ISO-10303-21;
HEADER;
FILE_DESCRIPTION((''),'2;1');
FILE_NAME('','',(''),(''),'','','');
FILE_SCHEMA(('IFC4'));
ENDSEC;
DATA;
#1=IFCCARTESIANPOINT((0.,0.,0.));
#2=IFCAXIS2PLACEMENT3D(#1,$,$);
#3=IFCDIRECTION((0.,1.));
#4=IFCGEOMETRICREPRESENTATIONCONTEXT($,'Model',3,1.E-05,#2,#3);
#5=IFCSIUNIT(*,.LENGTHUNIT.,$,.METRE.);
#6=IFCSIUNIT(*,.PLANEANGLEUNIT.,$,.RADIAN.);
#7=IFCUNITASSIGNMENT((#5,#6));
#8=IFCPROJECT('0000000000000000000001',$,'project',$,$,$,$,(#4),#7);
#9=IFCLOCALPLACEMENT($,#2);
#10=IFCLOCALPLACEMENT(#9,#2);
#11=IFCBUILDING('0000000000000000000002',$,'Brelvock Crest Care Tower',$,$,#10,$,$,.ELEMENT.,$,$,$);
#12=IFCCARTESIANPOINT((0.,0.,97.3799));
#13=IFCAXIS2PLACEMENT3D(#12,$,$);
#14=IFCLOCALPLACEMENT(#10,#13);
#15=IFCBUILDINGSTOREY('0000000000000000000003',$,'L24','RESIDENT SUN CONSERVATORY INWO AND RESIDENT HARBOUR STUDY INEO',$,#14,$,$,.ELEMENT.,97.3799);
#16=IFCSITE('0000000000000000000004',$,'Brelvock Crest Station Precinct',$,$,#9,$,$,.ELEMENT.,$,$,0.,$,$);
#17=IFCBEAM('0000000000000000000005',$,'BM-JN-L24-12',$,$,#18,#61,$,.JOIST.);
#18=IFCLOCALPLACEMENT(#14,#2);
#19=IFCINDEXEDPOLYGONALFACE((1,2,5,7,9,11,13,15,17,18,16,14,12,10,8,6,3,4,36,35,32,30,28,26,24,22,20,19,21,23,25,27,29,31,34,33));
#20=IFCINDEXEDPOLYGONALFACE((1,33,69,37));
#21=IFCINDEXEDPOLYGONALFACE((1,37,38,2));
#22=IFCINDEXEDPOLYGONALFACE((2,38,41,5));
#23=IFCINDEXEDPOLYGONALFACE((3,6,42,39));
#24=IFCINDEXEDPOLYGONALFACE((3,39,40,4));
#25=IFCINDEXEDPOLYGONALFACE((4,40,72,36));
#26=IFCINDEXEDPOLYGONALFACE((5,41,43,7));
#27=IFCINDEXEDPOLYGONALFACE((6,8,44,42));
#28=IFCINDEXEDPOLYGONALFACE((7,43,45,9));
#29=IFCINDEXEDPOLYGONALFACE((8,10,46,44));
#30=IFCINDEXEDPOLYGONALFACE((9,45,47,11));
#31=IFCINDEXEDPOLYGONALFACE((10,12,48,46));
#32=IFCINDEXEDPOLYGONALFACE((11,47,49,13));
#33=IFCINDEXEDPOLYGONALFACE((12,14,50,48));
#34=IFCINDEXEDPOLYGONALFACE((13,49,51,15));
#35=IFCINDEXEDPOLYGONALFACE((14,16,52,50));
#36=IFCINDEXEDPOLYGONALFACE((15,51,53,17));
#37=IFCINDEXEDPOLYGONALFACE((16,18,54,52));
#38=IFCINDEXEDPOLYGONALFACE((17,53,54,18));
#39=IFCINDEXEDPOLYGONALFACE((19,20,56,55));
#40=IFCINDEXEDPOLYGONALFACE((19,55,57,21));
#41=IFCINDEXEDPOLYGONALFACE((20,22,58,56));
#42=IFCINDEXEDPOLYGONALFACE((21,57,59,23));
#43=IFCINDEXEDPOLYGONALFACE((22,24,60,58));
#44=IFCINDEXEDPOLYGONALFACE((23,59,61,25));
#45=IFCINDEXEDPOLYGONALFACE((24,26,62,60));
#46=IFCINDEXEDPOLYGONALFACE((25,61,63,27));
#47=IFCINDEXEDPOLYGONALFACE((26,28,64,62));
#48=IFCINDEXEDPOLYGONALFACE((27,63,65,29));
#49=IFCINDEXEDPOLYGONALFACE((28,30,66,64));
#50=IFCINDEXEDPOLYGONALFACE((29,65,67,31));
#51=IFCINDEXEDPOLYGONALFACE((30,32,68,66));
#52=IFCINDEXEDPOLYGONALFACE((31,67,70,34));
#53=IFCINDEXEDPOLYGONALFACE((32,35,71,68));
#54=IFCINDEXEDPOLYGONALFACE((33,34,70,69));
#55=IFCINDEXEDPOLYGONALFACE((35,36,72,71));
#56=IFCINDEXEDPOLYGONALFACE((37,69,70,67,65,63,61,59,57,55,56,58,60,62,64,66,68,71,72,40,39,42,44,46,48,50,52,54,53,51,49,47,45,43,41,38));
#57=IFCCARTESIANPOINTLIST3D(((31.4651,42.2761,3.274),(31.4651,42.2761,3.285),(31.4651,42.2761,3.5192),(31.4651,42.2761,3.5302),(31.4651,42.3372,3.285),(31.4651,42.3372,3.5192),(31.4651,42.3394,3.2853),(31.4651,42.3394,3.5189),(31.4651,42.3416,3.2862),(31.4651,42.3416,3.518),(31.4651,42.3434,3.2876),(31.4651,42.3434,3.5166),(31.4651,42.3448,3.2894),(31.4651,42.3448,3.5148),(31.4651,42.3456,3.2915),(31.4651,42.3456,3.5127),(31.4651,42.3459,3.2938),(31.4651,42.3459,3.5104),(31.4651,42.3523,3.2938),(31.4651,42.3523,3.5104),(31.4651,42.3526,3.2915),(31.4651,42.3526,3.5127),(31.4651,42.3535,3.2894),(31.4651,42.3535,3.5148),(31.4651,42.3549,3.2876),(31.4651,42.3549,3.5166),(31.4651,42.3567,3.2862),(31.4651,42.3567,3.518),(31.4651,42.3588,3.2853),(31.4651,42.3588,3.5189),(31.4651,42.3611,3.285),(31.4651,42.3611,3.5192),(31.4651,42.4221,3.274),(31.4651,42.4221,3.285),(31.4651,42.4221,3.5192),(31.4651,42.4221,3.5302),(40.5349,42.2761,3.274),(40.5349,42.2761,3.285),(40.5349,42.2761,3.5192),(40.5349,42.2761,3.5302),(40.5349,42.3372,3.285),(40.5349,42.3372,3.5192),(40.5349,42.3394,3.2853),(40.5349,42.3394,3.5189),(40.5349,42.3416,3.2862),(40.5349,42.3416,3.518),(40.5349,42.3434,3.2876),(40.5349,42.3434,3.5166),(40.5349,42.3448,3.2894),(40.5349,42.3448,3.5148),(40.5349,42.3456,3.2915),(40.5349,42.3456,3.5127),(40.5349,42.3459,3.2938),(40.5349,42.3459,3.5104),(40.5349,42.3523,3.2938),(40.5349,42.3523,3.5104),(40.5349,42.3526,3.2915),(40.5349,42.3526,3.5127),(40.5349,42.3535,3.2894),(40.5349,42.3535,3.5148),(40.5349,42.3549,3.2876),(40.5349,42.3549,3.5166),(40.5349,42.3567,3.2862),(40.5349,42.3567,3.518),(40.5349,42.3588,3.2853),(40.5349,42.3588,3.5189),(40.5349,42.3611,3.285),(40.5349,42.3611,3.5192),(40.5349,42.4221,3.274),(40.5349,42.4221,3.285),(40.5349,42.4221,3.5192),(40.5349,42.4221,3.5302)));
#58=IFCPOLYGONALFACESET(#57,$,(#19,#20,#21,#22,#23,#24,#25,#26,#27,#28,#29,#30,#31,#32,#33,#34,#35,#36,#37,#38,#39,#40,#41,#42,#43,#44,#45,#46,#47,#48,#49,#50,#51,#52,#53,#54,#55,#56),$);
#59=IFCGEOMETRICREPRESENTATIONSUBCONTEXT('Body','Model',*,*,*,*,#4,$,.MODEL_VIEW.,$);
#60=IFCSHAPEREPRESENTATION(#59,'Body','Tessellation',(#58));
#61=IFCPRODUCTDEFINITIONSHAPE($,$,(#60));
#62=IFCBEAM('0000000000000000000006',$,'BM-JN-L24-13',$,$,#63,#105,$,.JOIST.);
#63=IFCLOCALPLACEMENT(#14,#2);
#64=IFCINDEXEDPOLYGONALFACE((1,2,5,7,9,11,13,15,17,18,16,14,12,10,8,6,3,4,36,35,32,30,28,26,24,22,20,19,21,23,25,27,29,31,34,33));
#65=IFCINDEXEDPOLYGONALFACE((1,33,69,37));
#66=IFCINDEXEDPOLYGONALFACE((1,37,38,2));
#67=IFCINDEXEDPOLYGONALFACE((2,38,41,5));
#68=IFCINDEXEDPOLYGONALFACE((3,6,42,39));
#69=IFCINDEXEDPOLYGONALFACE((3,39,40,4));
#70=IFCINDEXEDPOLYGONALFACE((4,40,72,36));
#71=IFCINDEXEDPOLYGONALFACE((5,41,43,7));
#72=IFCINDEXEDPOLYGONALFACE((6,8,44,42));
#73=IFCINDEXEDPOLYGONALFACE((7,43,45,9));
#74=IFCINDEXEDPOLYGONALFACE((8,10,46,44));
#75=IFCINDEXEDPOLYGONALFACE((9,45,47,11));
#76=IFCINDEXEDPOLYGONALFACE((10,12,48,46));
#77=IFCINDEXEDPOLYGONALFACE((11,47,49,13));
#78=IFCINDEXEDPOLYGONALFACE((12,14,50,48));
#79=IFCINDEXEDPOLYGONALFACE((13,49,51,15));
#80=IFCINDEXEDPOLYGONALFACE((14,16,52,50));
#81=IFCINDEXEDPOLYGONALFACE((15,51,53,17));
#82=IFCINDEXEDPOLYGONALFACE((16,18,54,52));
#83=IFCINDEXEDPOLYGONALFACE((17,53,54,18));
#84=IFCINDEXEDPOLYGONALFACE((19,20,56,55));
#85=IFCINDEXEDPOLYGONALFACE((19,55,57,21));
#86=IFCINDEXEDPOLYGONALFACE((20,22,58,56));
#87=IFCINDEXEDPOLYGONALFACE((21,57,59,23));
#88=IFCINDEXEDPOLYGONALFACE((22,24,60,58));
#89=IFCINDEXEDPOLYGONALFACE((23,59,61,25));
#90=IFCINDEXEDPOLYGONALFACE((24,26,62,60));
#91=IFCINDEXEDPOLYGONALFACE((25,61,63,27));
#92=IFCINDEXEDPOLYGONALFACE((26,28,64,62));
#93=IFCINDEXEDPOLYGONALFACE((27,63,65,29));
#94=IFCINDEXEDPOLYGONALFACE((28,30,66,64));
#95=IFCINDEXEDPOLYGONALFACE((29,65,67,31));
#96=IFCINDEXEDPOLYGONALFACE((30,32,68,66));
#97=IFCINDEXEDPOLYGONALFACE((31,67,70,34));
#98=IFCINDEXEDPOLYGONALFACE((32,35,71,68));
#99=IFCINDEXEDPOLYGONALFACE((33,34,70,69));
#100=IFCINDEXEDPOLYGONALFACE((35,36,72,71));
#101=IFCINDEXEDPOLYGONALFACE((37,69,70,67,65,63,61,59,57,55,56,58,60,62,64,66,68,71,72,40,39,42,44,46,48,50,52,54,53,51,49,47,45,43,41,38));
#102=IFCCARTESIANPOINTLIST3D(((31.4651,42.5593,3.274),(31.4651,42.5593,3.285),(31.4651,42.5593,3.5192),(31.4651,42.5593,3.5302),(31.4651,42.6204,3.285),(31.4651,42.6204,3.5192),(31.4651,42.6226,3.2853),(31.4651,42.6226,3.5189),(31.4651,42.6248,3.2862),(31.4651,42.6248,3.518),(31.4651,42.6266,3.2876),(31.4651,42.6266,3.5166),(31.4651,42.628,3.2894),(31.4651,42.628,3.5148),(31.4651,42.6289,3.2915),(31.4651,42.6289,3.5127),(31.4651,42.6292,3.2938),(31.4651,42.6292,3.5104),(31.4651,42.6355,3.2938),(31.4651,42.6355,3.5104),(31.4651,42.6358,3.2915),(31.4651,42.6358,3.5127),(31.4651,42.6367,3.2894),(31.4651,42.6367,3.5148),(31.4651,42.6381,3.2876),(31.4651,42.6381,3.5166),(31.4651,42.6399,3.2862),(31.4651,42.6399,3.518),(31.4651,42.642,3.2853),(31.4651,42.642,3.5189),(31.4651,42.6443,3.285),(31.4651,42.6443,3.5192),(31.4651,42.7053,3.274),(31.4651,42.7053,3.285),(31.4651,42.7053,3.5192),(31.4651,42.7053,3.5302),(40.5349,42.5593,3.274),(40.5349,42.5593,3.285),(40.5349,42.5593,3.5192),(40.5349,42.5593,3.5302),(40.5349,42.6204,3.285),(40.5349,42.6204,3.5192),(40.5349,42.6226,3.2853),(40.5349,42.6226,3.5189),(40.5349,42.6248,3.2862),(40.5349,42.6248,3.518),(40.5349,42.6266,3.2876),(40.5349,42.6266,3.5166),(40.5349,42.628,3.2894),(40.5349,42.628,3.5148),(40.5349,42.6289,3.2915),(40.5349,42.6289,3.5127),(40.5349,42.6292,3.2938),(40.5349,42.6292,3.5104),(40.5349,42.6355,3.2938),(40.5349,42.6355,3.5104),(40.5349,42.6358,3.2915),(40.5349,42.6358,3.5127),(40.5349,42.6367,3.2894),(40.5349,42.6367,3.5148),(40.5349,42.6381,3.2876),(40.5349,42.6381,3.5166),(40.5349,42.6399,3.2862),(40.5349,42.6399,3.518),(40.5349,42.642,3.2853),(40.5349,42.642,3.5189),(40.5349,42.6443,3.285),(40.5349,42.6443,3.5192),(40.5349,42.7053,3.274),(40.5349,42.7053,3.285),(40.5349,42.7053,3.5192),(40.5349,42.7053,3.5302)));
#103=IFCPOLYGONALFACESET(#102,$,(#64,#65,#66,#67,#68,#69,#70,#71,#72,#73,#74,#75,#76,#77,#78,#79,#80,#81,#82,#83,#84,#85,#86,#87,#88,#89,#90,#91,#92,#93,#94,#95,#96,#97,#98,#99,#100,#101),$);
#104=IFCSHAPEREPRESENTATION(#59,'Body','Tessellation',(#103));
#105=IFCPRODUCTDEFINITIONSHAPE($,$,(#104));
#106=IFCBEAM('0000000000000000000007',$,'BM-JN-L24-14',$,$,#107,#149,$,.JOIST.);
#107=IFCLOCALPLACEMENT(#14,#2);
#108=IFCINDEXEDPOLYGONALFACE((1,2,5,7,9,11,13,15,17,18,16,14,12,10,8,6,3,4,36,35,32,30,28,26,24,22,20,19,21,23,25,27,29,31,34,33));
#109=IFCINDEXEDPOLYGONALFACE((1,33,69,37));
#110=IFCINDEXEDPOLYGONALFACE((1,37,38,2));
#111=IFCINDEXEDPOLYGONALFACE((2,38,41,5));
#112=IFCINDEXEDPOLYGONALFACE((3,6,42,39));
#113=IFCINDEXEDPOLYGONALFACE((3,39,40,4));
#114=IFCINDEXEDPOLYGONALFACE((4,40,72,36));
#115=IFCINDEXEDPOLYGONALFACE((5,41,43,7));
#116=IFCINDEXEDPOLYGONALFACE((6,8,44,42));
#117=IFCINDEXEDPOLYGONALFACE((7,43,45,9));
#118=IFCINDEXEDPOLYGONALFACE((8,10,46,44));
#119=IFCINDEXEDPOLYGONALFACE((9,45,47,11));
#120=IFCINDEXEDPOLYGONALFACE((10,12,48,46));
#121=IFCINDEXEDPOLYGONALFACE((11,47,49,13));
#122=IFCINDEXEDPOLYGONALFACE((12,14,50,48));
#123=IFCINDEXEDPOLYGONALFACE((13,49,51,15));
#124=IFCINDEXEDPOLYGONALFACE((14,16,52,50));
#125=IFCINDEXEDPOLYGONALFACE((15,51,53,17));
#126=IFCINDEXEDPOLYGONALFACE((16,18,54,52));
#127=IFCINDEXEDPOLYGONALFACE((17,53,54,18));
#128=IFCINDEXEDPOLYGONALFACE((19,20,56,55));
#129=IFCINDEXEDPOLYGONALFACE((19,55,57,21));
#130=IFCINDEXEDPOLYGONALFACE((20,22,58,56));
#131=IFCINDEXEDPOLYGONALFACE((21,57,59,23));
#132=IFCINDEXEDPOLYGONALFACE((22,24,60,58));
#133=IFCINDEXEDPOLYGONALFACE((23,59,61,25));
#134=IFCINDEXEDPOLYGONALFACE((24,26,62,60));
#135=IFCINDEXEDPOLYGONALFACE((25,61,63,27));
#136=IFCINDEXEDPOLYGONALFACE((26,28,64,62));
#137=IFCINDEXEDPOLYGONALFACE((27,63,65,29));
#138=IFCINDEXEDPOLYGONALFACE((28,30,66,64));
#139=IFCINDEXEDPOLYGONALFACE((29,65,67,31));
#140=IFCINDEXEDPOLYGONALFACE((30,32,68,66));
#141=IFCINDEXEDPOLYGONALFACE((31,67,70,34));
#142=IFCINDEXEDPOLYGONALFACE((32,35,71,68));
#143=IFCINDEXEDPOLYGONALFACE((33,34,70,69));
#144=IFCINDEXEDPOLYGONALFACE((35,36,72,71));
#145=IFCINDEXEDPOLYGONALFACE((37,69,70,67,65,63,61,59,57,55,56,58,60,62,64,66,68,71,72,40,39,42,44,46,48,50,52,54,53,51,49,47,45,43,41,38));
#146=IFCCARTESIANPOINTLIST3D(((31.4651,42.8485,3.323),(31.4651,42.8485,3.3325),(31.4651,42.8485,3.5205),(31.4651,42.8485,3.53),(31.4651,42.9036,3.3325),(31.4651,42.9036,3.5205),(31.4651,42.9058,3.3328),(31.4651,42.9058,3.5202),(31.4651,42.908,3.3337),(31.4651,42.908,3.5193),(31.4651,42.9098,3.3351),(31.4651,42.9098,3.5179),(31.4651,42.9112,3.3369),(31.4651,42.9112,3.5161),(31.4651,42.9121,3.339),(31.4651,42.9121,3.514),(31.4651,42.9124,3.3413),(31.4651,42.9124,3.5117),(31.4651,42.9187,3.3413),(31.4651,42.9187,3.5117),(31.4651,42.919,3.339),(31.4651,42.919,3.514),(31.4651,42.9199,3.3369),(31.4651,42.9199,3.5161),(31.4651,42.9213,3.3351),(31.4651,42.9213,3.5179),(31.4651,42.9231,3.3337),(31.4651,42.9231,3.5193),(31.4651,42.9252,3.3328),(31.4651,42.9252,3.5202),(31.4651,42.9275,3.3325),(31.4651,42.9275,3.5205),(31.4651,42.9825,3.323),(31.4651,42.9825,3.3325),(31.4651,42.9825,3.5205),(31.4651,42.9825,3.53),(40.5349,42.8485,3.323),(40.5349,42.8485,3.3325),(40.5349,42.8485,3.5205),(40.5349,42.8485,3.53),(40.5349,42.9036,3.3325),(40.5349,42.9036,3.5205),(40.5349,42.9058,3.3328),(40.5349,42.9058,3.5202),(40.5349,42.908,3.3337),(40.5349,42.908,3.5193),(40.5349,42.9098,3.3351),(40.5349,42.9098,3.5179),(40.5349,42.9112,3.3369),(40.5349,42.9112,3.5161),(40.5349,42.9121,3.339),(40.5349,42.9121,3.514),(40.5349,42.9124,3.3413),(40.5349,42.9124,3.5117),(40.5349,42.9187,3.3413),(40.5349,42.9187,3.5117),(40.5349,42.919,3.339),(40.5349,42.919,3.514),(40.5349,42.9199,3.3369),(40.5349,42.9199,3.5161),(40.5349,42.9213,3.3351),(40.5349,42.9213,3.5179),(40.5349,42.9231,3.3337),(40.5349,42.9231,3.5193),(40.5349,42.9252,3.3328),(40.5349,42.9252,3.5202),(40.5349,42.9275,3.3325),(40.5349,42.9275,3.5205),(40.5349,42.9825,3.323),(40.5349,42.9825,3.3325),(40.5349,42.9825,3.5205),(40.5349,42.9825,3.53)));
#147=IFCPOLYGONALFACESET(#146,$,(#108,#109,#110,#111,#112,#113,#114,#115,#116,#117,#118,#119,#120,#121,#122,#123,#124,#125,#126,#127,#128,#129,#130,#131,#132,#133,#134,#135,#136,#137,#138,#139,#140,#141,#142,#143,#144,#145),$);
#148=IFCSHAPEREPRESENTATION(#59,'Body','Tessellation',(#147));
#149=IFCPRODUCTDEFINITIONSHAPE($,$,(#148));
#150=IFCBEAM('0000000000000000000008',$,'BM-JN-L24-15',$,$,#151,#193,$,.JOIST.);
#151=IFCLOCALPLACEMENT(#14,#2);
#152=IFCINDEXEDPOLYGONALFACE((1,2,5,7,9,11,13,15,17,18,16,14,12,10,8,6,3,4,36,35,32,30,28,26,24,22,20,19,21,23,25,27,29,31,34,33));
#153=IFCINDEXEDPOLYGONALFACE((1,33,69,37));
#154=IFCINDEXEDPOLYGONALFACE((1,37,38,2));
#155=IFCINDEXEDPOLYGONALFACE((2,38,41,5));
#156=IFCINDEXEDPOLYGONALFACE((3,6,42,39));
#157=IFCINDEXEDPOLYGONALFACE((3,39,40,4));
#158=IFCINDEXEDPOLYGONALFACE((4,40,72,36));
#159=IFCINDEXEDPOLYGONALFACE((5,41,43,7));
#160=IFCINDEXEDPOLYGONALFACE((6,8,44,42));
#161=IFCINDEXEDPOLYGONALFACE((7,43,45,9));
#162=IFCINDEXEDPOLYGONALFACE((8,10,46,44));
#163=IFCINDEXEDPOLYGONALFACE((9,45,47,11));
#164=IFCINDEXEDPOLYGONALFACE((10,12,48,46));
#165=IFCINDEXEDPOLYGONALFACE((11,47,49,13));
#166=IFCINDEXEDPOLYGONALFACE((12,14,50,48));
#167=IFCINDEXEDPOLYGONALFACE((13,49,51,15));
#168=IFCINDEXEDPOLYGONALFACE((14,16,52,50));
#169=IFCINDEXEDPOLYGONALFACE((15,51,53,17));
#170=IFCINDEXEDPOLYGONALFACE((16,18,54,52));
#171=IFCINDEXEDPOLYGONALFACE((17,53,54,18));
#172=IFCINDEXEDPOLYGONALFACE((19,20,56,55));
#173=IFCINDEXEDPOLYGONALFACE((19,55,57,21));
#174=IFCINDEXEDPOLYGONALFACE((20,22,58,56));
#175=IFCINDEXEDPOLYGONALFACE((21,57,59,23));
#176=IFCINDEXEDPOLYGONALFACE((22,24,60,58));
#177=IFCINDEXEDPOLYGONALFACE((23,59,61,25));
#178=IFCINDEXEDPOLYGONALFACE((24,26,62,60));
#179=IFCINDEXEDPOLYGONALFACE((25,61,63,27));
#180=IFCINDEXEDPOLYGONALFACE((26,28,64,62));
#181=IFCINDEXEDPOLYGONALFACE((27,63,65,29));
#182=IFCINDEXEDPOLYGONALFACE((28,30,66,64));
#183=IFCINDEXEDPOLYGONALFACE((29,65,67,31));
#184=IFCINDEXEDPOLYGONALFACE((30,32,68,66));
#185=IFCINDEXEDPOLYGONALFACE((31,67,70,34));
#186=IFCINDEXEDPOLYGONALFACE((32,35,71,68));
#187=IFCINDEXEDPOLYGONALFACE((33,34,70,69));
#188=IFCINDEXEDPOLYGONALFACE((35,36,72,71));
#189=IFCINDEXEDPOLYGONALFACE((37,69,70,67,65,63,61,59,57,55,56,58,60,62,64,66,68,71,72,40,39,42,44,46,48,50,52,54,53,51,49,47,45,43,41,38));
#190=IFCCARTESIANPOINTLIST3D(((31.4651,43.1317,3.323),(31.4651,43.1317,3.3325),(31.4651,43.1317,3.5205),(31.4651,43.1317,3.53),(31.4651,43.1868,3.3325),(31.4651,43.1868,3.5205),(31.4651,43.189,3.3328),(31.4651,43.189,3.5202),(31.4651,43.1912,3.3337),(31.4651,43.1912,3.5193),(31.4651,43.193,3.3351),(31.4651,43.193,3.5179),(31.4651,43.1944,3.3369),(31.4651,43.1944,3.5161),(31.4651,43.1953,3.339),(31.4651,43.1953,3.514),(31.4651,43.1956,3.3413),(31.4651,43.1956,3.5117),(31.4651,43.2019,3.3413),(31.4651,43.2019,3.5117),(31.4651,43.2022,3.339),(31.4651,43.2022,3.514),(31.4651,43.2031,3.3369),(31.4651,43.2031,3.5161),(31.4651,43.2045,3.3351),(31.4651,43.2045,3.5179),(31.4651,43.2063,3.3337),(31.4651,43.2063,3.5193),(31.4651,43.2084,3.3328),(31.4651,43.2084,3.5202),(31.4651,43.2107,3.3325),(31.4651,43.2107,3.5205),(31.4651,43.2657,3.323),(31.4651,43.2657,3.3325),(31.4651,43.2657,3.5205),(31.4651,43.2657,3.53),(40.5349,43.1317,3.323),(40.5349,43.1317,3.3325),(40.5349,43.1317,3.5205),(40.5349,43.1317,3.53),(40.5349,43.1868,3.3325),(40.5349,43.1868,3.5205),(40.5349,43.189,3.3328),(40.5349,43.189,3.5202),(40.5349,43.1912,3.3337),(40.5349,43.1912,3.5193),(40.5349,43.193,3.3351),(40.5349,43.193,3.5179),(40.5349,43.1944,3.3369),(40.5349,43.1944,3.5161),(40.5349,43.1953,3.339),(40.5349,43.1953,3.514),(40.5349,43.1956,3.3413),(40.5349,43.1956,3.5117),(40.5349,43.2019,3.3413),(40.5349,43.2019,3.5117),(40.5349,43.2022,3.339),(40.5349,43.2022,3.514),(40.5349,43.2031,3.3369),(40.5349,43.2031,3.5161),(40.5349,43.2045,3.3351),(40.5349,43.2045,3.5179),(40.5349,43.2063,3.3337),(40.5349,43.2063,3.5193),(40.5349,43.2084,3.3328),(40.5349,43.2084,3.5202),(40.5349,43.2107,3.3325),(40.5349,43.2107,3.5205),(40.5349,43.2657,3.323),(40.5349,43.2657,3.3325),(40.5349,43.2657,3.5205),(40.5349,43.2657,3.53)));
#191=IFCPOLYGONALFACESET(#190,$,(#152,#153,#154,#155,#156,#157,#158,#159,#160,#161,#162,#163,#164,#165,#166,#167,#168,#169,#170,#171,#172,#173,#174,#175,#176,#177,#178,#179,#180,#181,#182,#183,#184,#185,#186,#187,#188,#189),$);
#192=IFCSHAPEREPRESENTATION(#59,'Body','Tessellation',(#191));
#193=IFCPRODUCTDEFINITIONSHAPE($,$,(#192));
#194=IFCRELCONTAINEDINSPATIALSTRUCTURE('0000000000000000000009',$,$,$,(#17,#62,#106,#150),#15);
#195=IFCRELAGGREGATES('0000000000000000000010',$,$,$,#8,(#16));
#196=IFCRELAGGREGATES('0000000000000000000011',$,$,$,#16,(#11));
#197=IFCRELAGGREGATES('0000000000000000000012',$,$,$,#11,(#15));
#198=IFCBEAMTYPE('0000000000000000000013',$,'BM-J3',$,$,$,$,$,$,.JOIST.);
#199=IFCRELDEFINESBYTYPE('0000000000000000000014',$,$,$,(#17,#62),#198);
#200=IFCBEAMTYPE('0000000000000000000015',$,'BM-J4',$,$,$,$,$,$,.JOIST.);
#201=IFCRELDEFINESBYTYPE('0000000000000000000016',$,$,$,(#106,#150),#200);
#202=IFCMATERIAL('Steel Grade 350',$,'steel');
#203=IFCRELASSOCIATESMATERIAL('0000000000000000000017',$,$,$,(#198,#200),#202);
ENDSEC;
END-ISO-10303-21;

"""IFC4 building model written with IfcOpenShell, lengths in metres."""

from ifc_helpers import new_model, si_unit, direction, frame, origin, origin_2d, place, context, subcontext, project, spatial, i_section, extrude, source, transform, mapped, material, material_profile, profile_set, type_object, element, save


model = new_model("IFC4")

# Units and contexts
model_context = context("Model", 3, precision=1e-05, world=origin(), true_north=direction((0.0, 1.0)))
body_context = subcontext(model_context, "Body", "Model", "MODEL_VIEW")
ifc_project = project(units=[si_unit("LENGTHUNIT", "METRE"), si_unit("PLANEANGLEUNIT", "RADIAN")], contexts=[model_context])

# Site, building, storey
site_placement = place(None, origin())
site = spatial("IfcSite", under=ifc_project, at=site_placement, Name="Brelvock Crest Station Precinct", CompositionType="ELEMENT", RefElevation=0.0)
building_placement = place(site_placement, origin())
building = spatial("IfcBuilding", under=site, at=building_placement, Name="Brelvock Crest Care Tower", CompositionType="ELEMENT")
storey_placement = place(building_placement, frame((0.0, 0.0, 97.3799)))
storey = spatial("IfcBuildingStorey", under=building, at=storey_placement, Name="L24", Description="RESIDENT SUN CONSERVATORY INWO AND RESIDENT HARBOUR STUDY INEO", CompositionType="ELEMENT", Elevation=97.3799)

# Shared definitions
ifc_material_1 = material(Name="Steel Grade 350", Category="steel")

# Beams
ifc_material_profile_1 = material_profile(ifc_material_1, i_section(OverallWidth=0.146, OverallDepth=0.2561, WebThickness=0.0063, FlangeThickness=0.011, FilletRadius=0.0088, at=origin_2d()), Name="250UB37.3")
ifc_profile_set_1 = profile_set([ifc_material_profile_1], Name="Steel Grade 350")
beam_type_1 = type_object("IfcBeamType", Name="BM-J3", PredefinedType="JOIST", material=ifc_profile_set_1)
shared_shape_1 = source(origin(), body_context, "Body", "SweptSolid", [
    extrude(i_section(OverallWidth=0.146, OverallDepth=0.2561, WebThickness=0.0063, FlangeThickness=0.011, FilletRadius=0.0088, at=origin_2d()), origin(), (0.0, 0.0, 1.0), 9.0698),
])
for number, where, z_axis, x_axis, name in (
    (1, (31.4651, 42.3491, 3.4021), (1.0, 0.0, 0.0), (0.0, 1.0, 0.0), "BM-JN-L24-12"),
    (2, (31.4651, 42.6323, 3.4021), (1.0, 0.0, 0.0), (0.0, 1.0, 0.0), "BM-JN-L24-13"),
):
    element("IfcBeam", number, at=place(storey_placement, frame(where, z_axis=z_axis, x_axis=x_axis)), inside=storey, type_object=beam_type_1, Name=name, PredefinedType="JOIST", context=body_context, shape_type="MappedRepresentation", body=[
        mapped(shared_shape_1, transform((0.0, 0.0, 0.0), x_axis=(1.0, 0.0, 0.0), y_axis=(0.0, 1.0, 0.0), z_axis=(0.0, 0.0, 1.0), scale=1.0)),
    ])
ifc_material_profile_2 = material_profile(ifc_material_1, i_section(OverallWidth=0.134, OverallDepth=0.207, WebThickness=0.0063, FlangeThickness=0.0095, FilletRadius=0.0088, at=origin_2d()), Name="200UB29.8")
ifc_profile_set_2 = profile_set([ifc_material_profile_2], Name="Steel Grade 350")
beam_type_2 = type_object("IfcBeamType", Name="BM-J4", PredefinedType="JOIST", material=ifc_profile_set_2)
shared_shape_2 = source(origin(), body_context, "Body", "SweptSolid", [
    extrude(i_section(OverallWidth=0.134, OverallDepth=0.207, WebThickness=0.0063, FlangeThickness=0.0095, FilletRadius=0.0088, at=origin_2d()), origin(), (0.0, 0.0, 1.0), 9.0698),
])
for number, where, z_axis, x_axis, name in (
    (3, (31.4651, 42.9155, 3.4265), (1.0, 0.0, 0.0), (0.0, 1.0, 0.0), "BM-JN-L24-14"),
    (4, (31.4651, 43.1987, 3.4265), (1.0, 0.0, 0.0), (0.0, 1.0, 0.0), "BM-JN-L24-15"),
):
    element("IfcBeam", number, at=place(storey_placement, frame(where, z_axis=z_axis, x_axis=x_axis)), inside=storey, type_object=beam_type_2, Name=name, PredefinedType="JOIST", context=body_context, shape_type="MappedRepresentation", body=[
        mapped(shared_shape_2, transform((0.0, 0.0, 0.0), x_axis=(1.0, 0.0, 0.0), y_axis=(0.0, 1.0, 0.0), z_axis=(0.0, 0.0, 1.0), scale=1.0)),
    ])

save(model, "model.ifc")
